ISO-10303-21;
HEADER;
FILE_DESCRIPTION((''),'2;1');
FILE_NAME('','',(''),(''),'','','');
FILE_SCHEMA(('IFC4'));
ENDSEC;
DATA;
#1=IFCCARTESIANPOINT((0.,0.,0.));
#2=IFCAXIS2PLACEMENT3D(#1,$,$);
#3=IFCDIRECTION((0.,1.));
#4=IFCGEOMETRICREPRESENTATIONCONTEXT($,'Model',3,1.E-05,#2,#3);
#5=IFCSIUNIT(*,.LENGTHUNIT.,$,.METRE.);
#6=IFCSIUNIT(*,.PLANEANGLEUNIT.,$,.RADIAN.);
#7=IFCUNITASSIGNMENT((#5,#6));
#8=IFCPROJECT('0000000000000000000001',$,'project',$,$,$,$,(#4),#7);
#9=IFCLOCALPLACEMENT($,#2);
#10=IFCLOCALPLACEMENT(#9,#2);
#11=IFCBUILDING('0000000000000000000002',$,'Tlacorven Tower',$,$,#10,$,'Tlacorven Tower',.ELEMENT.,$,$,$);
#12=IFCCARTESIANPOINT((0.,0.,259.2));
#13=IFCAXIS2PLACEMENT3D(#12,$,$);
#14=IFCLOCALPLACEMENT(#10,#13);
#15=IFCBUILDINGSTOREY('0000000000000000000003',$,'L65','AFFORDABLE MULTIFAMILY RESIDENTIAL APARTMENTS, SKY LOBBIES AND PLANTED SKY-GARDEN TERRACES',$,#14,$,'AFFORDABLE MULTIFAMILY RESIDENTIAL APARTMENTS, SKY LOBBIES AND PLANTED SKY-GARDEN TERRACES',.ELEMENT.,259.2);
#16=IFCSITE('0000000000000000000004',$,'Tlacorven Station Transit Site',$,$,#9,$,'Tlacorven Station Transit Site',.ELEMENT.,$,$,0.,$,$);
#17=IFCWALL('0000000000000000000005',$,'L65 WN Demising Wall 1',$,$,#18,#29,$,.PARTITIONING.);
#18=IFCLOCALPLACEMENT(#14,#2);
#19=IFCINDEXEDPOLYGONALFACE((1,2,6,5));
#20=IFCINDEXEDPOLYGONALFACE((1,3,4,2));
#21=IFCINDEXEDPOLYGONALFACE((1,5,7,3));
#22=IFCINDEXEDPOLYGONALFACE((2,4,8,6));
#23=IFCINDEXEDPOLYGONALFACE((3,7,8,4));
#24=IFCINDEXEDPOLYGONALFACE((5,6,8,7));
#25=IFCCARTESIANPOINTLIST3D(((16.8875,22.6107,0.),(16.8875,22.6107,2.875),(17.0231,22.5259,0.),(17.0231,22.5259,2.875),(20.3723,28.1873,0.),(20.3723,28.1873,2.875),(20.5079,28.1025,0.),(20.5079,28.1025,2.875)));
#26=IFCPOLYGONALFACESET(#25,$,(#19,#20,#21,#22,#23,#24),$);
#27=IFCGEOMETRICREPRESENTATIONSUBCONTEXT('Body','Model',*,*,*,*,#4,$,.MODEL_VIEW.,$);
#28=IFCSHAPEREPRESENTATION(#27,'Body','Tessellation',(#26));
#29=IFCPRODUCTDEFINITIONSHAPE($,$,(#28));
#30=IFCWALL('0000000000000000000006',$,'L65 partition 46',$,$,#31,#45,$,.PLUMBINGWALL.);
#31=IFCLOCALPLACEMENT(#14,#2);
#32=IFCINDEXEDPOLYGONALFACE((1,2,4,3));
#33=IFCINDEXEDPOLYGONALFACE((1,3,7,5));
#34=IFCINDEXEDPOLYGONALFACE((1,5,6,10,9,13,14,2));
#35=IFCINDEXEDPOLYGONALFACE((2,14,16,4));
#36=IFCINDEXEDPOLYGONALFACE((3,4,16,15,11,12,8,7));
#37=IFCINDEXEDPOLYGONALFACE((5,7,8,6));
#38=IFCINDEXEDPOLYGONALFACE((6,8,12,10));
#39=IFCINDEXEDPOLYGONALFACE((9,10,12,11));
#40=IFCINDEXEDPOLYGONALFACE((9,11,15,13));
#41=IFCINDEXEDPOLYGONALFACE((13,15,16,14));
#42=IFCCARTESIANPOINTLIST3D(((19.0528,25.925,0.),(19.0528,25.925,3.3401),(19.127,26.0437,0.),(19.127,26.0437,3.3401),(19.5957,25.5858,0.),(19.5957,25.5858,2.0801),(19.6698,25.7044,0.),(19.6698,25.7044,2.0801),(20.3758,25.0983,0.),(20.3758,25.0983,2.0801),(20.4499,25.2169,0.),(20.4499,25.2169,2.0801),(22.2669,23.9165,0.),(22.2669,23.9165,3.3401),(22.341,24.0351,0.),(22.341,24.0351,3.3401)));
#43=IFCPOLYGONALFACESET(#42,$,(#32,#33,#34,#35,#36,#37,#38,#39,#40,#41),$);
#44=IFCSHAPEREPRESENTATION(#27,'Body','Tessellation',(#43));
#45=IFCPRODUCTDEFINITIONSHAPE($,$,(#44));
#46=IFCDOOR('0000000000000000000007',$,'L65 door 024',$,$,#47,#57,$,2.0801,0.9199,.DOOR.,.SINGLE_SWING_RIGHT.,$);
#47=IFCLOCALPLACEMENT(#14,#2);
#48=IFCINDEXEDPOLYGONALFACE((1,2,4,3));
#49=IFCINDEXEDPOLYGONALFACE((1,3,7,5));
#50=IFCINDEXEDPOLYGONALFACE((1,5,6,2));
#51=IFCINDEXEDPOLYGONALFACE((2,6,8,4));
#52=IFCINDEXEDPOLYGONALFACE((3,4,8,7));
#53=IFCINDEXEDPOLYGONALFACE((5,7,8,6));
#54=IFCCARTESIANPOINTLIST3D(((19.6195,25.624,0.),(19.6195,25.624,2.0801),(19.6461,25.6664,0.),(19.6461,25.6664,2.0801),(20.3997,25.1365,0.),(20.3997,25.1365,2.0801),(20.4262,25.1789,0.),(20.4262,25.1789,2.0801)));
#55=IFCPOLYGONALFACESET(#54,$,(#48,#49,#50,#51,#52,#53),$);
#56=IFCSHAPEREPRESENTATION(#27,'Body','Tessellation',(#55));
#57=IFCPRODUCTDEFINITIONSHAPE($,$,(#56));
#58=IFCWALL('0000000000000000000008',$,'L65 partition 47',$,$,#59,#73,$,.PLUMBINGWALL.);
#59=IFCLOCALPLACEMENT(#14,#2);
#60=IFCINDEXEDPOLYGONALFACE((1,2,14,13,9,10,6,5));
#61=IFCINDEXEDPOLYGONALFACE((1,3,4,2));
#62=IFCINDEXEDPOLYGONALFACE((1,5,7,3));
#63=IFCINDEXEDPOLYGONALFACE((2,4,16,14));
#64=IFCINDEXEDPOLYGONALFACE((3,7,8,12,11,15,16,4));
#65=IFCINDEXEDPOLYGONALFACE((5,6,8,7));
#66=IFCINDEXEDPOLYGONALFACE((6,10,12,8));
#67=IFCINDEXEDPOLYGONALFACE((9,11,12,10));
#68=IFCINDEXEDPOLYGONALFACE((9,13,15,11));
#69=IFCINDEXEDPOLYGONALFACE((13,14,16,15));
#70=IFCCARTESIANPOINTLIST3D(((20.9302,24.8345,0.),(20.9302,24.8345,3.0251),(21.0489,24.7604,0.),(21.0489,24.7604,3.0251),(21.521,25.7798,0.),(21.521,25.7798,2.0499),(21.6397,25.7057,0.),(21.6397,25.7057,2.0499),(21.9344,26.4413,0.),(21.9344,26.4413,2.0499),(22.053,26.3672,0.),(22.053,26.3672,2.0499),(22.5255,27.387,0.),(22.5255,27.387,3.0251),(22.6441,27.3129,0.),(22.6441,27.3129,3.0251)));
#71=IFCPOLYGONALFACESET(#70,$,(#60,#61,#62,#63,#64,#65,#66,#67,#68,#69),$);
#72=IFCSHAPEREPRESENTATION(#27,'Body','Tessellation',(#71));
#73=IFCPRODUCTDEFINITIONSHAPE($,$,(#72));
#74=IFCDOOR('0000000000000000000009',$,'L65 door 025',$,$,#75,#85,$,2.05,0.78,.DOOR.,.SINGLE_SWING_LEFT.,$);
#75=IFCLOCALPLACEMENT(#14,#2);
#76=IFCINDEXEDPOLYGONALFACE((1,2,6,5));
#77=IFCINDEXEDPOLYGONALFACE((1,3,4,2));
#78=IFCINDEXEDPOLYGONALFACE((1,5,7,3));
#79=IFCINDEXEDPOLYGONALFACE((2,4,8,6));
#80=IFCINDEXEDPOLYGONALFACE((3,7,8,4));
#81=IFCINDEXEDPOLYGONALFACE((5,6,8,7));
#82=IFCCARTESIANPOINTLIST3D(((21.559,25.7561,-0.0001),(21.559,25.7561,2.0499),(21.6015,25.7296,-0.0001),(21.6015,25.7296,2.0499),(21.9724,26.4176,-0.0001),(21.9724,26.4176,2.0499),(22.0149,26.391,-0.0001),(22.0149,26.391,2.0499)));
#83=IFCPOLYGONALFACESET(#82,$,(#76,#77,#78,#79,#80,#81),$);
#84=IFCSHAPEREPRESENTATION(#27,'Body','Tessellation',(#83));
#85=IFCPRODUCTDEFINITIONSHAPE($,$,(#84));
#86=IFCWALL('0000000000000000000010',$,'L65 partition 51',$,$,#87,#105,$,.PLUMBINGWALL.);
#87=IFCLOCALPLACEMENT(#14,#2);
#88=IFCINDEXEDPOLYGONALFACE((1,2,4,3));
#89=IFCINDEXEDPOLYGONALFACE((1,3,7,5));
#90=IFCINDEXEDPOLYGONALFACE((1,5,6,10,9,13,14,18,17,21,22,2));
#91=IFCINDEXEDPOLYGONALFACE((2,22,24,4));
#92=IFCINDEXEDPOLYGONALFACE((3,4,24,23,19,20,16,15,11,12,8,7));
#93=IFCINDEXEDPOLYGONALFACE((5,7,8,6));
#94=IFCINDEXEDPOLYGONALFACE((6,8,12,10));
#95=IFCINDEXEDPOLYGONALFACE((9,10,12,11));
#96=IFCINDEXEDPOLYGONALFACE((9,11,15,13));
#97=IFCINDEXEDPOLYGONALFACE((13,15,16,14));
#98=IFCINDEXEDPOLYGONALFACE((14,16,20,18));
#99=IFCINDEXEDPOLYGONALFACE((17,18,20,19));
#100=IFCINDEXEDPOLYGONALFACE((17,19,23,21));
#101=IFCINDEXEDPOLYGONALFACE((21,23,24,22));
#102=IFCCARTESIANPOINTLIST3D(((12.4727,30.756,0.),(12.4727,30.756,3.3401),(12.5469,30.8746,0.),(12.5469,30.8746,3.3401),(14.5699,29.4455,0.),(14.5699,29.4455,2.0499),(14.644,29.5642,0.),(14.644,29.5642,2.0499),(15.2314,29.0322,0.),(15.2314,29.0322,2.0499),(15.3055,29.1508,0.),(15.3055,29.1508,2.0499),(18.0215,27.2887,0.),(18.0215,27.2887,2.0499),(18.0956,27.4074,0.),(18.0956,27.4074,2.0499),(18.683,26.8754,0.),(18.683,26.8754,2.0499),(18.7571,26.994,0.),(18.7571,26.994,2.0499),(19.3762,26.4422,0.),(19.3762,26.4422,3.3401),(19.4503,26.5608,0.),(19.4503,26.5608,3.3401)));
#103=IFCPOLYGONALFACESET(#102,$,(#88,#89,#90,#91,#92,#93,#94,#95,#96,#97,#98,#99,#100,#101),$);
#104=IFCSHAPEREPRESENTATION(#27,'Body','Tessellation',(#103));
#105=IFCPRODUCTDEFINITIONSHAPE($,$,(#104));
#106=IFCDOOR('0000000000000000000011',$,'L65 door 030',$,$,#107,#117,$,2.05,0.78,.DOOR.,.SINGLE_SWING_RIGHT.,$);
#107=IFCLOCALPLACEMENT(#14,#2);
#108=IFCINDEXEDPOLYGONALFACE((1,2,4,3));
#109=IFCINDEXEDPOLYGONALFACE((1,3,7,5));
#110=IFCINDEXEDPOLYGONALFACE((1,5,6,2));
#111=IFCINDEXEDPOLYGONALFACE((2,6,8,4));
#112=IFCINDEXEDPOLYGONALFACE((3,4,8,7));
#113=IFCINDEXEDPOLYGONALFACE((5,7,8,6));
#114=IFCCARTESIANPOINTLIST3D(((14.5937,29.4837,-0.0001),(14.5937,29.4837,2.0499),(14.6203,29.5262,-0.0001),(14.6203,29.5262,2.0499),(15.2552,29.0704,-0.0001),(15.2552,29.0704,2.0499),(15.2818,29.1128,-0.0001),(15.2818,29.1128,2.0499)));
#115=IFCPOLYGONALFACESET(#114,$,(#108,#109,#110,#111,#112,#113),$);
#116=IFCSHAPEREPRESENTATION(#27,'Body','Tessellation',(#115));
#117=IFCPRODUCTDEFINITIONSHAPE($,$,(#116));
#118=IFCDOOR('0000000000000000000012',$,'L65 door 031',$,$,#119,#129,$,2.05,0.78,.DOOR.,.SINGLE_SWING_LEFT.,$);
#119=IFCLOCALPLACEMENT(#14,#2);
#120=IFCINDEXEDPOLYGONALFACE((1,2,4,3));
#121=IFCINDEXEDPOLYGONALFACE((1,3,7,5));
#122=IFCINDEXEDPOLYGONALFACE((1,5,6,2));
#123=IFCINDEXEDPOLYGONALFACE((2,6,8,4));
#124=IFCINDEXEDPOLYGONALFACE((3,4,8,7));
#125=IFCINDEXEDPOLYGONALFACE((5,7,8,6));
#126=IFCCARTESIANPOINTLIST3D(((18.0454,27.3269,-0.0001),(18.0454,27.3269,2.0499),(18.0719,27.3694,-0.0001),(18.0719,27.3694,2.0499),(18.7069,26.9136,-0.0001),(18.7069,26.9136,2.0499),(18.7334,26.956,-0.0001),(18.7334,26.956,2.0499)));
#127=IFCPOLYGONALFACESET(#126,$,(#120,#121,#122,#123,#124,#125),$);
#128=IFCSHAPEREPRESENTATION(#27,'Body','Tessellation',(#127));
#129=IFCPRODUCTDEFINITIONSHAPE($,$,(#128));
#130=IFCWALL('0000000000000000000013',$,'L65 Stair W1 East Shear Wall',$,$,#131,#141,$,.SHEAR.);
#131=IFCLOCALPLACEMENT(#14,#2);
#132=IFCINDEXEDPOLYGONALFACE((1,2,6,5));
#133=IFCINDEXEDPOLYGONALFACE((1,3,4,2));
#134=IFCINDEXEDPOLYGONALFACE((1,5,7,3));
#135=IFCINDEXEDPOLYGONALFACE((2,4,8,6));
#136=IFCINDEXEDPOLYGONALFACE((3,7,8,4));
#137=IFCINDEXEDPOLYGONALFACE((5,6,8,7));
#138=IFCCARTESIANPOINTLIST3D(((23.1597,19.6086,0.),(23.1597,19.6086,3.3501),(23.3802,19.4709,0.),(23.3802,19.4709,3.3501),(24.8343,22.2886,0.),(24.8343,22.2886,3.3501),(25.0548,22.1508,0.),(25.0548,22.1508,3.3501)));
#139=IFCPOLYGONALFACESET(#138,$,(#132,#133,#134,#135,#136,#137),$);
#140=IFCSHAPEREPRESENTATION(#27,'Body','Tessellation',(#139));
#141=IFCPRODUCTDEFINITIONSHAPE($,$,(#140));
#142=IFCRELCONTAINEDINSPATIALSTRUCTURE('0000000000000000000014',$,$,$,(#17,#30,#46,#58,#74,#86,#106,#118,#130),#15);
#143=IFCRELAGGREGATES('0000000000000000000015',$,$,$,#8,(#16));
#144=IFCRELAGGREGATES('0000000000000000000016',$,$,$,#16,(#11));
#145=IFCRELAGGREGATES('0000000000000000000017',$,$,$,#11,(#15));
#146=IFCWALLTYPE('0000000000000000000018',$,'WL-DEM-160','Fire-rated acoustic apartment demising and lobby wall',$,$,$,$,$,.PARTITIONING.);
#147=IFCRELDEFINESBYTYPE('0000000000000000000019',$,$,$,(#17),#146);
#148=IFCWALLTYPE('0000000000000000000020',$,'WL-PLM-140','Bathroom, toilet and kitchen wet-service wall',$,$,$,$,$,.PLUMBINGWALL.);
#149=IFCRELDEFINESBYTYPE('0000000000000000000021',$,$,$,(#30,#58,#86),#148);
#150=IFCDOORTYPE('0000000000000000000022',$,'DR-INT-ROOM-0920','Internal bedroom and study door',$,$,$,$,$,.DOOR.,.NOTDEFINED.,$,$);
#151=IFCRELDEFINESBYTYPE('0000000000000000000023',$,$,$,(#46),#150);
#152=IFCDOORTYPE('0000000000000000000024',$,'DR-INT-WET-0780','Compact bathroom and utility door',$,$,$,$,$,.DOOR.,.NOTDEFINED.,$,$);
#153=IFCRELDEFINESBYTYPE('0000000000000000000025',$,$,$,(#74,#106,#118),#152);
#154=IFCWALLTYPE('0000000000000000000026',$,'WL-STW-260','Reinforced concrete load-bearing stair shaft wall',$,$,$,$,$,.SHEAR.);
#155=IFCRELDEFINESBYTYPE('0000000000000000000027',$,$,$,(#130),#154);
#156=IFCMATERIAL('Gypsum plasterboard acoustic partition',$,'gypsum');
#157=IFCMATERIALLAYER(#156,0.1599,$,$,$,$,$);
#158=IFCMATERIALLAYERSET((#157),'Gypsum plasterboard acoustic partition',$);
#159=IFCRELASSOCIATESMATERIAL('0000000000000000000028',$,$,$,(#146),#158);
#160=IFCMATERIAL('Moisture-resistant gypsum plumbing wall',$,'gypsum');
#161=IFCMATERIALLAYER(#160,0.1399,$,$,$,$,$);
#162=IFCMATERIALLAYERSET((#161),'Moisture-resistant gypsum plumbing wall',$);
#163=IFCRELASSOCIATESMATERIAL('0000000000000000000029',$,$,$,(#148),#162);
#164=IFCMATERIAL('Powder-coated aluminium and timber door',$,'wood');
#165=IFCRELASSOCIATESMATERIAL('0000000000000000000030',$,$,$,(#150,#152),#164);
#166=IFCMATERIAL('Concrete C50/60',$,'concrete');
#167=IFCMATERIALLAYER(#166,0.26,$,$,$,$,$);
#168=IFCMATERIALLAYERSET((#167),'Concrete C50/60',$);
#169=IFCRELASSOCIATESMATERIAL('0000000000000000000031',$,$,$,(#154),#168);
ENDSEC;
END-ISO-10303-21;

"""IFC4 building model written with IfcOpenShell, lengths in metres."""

from ifc_helpers import new_model, si_unit, direction, frame, frame_2d, origin, place, context, subcontext, project, spatial, rectangle, extrude, source, transform, mapped, material, layer, layer_set, type_object, element, fill, save


model = new_model("IFC4")

# Units and contexts
model_context = context("Model", 3, precision=1e-05, world=origin(), true_north=direction((0.0, 1.0)))
body_context = subcontext(model_context, "Body", "Model", "MODEL_VIEW")
ifc_project = project(units=[si_unit("LENGTHUNIT", "METRE"), si_unit("PLANEANGLEUNIT", "RADIAN")], contexts=[model_context])

# Site, building, storey
site_placement = place(None, origin())
site = spatial("IfcSite", under=ifc_project, at=site_placement, Name="Tlacorven Station Transit Site", LongName="Tlacorven Station Transit Site", CompositionType="ELEMENT", RefElevation=0.0)
building_placement = place(site_placement, origin())
building = spatial("IfcBuilding", under=site, at=building_placement, Name="Tlacorven Tower", LongName="Tlacorven Tower", CompositionType="ELEMENT")
storey_placement = place(building_placement, frame((0.0, 0.0, 259.2)))
storey = spatial("IfcBuildingStorey", under=building, at=storey_placement, Name="L65", Description="AFFORDABLE MULTIFAMILY RESIDENTIAL APARTMENTS, SKY LOBBIES AND PLANTED SKY-GARDEN TERRACES", LongName="AFFORDABLE MULTIFAMILY RESIDENTIAL APARTMENTS, SKY LOBBIES AND PLANTED SKY-GARDEN TERRACES", CompositionType="ELEMENT", Elevation=259.2)

# Shared definitions
ifc_material_1 = material(Name="Gypsum plasterboard acoustic partition", Category="gypsum")
ifc_layer_1 = layer(ifc_material_1, 0.1599)
ifc_layer_set_1 = layer_set([ifc_layer_1], Name="Gypsum plasterboard acoustic partition")
wall_type_1 = type_object("IfcWallType", Name="WL-DEM-160", Description="Fire-rated acoustic apartment demising and lobby wall", PredefinedType="PARTITIONING", material=ifc_layer_set_1)

# Wall
wall_1_placement = place(storey_placement, frame((20.4402, 28.145, 0.0), z_axis=(0.0, 0.0, 1.0), x_axis=(-0.529939, -0.848036, 0.0)))
element("IfcWall", 1, at=wall_1_placement, inside=storey, type_object=wall_type_1, Name="L65 WN Demising Wall 1", PredefinedType="PARTITIONING", context=body_context, shape_type="SweptSolid", body=[
    extrude(rectangle(XDim=6.5759, YDim=0.1599, at=frame_2d((3.2881, 0.0))), origin(), (0.0, 0.0, 1.0), 2.875),
])

# Walls, openings, doors
ifc_material_2 = material(Name="Moisture-resistant gypsum plumbing wall", Category="gypsum")
ifc_layer_2 = layer(ifc_material_2, 0.1399)
ifc_layer_set_2 = layer_set([ifc_layer_2], Name="Moisture-resistant gypsum plumbing wall")
wall_type_2 = type_object("IfcWallType", Name="WL-PLM-140", Description="Bathroom, toilet and kitchen wet-service wall", PredefinedType="PLUMBINGWALL", material=ifc_layer_set_2)
wall_2_placement = place(storey_placement, frame((22.304, 23.9758, 0.0), z_axis=(0.0, 0.0, 1.0), x_axis=(-0.848031, 0.529947, 0.0)))
wall_2 = element("IfcWall", 2, at=wall_2_placement, inside=storey, type_object=wall_type_2, Name="L65 partition 46", PredefinedType="PLUMBINGWALL", context=body_context, shape_type="SweptSolid", body=[
    extrude(rectangle(XDim=3.79, YDim=0.1399, at=frame_2d((1.895, 0.0))), origin(), (0.0, 0.0, 1.0), 3.3401),
])
opening_1_placement = place(wall_2_placement, frame((2.23, 0.0, 0.0)))
opening_1 = element("IfcOpeningElement", 3, at=opening_1_placement, cuts=wall_2, PredefinedType="OPENING", context=body_context, shape_type="SweptSolid", body=[
    extrude(rectangle(XDim=0.9199, YDim=2.0801, at=frame_2d((0.46, 1.04))), frame((0.0, 0.0801, 0.0), z_axis=(0.0, -1.0, 0.0), x_axis=(1.0, 0.0, 0.0)), (0.0, 0.0, 1.0), 0.1599),
])
ifc_material_3 = material(Name="Powder-coated aluminium and timber door", Category="wood")
door_type_1 = type_object("IfcDoorType", Name="DR-INT-ROOM-0920", Description="Internal bedroom and study door", OperationType="NOTDEFINED", PredefinedType="DOOR", material=ifc_material_3)
shared_shape_1 = source(origin(), body_context, "Body", "SweptSolid", [
    extrude(rectangle(XDim=0.9199, YDim=2.0801, at=frame_2d((0.46, 1.04))), frame((0.0, 0.0249, 0.0), z_axis=(0.0, -1.0, 0.0), x_axis=(1.0, 0.0, 0.0)), (0.0, 0.0, 1.0), 0.05),
])
door_1_placement = place(opening_1_placement, origin())
door_1 = element("IfcDoor", 4, at=door_1_placement, inside=storey, type_object=door_type_1, Name="L65 door 024", OperationType="SINGLE_SWING_RIGHT", OverallHeight=2.0801, OverallWidth=0.9199, PredefinedType="DOOR", context=body_context, shape_type="MappedRepresentation", body=[
    mapped(shared_shape_1, transform((0.0, 0.0, 0.0), scale=1.0)),
])
fill(opening_1, door_1)
wall_3_placement = place(storey_placement, frame((22.5847, 27.3499, 0.0), z_axis=(0.0, 0.0, 1.0), x_axis=(-0.529977, -0.848012, 0.0)))
wall_3 = element("IfcWall", 5, at=wall_3_placement, inside=storey, type_object=wall_type_2, Name="L65 partition 47", PredefinedType="PLUMBINGWALL", context=body_context, shape_type="SweptSolid", body=[
    extrude(rectangle(XDim=3.01, YDim=0.1399, at=frame_2d((1.5049, 0.0))), origin(), (0.0, 0.0, 1.0), 3.0251),
])
opening_2_placement = place(wall_3_placement, frame((1.115, 0.0, 0.0)))
opening_2 = element("IfcOpeningElement", 6, at=opening_2_placement, cuts=wall_3, PredefinedType="OPENING", context=body_context, shape_type="SweptSolid", body=[
    extrude(rectangle(XDim=0.78, YDim=2.05, at=frame_2d((0.3901, 1.0249))), frame((0.0, 0.0801, 0.0), z_axis=(0.0, -1.0, 0.0), x_axis=(1.0, 0.0, 0.0)), (0.0, 0.0, 1.0), 0.1599),
])
door_type_2 = type_object("IfcDoorType", Name="DR-INT-WET-0780", Description="Compact bathroom and utility door", OperationType="NOTDEFINED", PredefinedType="DOOR", material=ifc_material_3)
shared_shape_2 = source(origin(), body_context, "Body", "SweptSolid", [
    extrude(rectangle(XDim=0.78, YDim=2.05, at=frame_2d((0.3901, 1.0249))), frame((0.0, 0.0249, 0.0), z_axis=(0.0, -1.0, 0.0), x_axis=(1.0, 0.0, 0.0)), (0.0, 0.0, 1.0), 0.05),
])
door_2_placement = place(opening_2_placement, origin())
door_2 = element("IfcDoor", 7, at=door_2_placement, inside=storey, type_object=door_type_2, Name="L65 door 025", OperationType="SINGLE_SWING_LEFT", OverallHeight=2.05, OverallWidth=0.78, PredefinedType="DOOR", context=body_context, shape_type="MappedRepresentation", body=[
    mapped(shared_shape_2, transform((0.0, 0.0, 0.0), scale=1.0)),
])
fill(opening_2, door_2)

# Wall, openings, doors
wall_4_placement = place(storey_placement, frame((19.4133, 26.5015, 0.0), z_axis=(0.0, 0.0, 1.0), x_axis=(-0.848045, 0.529923, 0.0)))
wall_4 = element("IfcWall", 8, at=wall_4_placement, inside=storey, type_object=wall_type_2, Name="L65 partition 51", PredefinedType="PLUMBINGWALL", context=body_context, shape_type="SweptSolid", body=[
    extrude(rectangle(XDim=8.1404, YDim=0.1399, at=frame_2d((4.0703, 0.0))), origin(), (0.0, 0.0, 1.0), 3.3401),
])
opening_3_placement = place(wall_4_placement, frame((4.8875, 0.0, 0.0)))
opening_3 = element("IfcOpeningElement", 9, at=opening_3_placement, cuts=wall_4, PredefinedType="OPENING", context=body_context, shape_type="SweptSolid", body=[
    extrude(rectangle(XDim=0.78, YDim=2.05, at=frame_2d((0.3901, 1.0249))), frame((0.0, 0.0801, 0.0), z_axis=(0.0, -1.0, 0.0), x_axis=(1.0, 0.0, 0.0)), (0.0, 0.0, 1.0), 0.1599),
])
opening_4_placement = place(wall_4_placement, frame((0.8174, 0.0, 0.0)))
opening_4 = element("IfcOpeningElement", 10, at=opening_4_placement, cuts=wall_4, PredefinedType="OPENING", context=body_context, shape_type="SweptSolid", body=[
    extrude(rectangle(XDim=0.78, YDim=2.05, at=frame_2d((0.3901, 1.0249))), frame((0.0, 0.0801, 0.0), z_axis=(0.0, -1.0, 0.0), x_axis=(1.0, 0.0, 0.0)), (0.0, 0.0, 1.0), 0.1599),
])
door_3_placement = place(opening_3_placement, origin())
door_3 = element("IfcDoor", 11, at=door_3_placement, inside=storey, type_object=door_type_2, Name="L65 door 030", OperationType="SINGLE_SWING_RIGHT", OverallHeight=2.05, OverallWidth=0.78, PredefinedType="DOOR", context=body_context, shape_type="MappedRepresentation", body=[
    mapped(shared_shape_2, transform((0.0, 0.0, 0.0), scale=1.0)),
])
fill(opening_3, door_3)
door_4_placement = place(opening_4_placement, origin())
door_4 = element("IfcDoor", 12, at=door_4_placement, inside=storey, type_object=door_type_2, Name="L65 door 031", OperationType="SINGLE_SWING_LEFT", OverallHeight=2.05, OverallWidth=0.78, PredefinedType="DOOR", context=body_context, shape_type="MappedRepresentation", body=[
    mapped(shared_shape_2, transform((0.0, 0.0, 0.0), scale=1.0)),
])
fill(opening_4, door_4)

# Wall
ifc_material_4 = material(Name="Concrete C50/60", Category="concrete")
ifc_layer_3 = layer(ifc_material_4, 0.26)
ifc_layer_set_3 = layer_set([ifc_layer_3], Name="Concrete C50/60")
wall_type_3 = type_object("IfcWallType", Name="WL-STW-260", Description="Reinforced concrete load-bearing stair shaft wall", PredefinedType="SHEAR", material=ifc_layer_set_3)
wall_5_placement = place(storey_placement, frame((24.9446, 22.2197, 0.0), z_axis=(0.0, 0.0, 1.0), x_axis=(-0.529909, -0.848055, 0.0)))
element("IfcWall", 13, at=wall_5_placement, inside=storey, type_object=wall_type_3, Name="L65 Stair W1 East Shear Wall", PredefinedType="SHEAR", context=body_context, shape_type="SweptSolid", body=[
    extrude(rectangle(XDim=3.1602, YDim=0.26, at=frame_2d((1.5801, 0.0))), origin(), (0.0, 0.0, 1.0), 3.3501),
])

save(model, "model.ifc")
